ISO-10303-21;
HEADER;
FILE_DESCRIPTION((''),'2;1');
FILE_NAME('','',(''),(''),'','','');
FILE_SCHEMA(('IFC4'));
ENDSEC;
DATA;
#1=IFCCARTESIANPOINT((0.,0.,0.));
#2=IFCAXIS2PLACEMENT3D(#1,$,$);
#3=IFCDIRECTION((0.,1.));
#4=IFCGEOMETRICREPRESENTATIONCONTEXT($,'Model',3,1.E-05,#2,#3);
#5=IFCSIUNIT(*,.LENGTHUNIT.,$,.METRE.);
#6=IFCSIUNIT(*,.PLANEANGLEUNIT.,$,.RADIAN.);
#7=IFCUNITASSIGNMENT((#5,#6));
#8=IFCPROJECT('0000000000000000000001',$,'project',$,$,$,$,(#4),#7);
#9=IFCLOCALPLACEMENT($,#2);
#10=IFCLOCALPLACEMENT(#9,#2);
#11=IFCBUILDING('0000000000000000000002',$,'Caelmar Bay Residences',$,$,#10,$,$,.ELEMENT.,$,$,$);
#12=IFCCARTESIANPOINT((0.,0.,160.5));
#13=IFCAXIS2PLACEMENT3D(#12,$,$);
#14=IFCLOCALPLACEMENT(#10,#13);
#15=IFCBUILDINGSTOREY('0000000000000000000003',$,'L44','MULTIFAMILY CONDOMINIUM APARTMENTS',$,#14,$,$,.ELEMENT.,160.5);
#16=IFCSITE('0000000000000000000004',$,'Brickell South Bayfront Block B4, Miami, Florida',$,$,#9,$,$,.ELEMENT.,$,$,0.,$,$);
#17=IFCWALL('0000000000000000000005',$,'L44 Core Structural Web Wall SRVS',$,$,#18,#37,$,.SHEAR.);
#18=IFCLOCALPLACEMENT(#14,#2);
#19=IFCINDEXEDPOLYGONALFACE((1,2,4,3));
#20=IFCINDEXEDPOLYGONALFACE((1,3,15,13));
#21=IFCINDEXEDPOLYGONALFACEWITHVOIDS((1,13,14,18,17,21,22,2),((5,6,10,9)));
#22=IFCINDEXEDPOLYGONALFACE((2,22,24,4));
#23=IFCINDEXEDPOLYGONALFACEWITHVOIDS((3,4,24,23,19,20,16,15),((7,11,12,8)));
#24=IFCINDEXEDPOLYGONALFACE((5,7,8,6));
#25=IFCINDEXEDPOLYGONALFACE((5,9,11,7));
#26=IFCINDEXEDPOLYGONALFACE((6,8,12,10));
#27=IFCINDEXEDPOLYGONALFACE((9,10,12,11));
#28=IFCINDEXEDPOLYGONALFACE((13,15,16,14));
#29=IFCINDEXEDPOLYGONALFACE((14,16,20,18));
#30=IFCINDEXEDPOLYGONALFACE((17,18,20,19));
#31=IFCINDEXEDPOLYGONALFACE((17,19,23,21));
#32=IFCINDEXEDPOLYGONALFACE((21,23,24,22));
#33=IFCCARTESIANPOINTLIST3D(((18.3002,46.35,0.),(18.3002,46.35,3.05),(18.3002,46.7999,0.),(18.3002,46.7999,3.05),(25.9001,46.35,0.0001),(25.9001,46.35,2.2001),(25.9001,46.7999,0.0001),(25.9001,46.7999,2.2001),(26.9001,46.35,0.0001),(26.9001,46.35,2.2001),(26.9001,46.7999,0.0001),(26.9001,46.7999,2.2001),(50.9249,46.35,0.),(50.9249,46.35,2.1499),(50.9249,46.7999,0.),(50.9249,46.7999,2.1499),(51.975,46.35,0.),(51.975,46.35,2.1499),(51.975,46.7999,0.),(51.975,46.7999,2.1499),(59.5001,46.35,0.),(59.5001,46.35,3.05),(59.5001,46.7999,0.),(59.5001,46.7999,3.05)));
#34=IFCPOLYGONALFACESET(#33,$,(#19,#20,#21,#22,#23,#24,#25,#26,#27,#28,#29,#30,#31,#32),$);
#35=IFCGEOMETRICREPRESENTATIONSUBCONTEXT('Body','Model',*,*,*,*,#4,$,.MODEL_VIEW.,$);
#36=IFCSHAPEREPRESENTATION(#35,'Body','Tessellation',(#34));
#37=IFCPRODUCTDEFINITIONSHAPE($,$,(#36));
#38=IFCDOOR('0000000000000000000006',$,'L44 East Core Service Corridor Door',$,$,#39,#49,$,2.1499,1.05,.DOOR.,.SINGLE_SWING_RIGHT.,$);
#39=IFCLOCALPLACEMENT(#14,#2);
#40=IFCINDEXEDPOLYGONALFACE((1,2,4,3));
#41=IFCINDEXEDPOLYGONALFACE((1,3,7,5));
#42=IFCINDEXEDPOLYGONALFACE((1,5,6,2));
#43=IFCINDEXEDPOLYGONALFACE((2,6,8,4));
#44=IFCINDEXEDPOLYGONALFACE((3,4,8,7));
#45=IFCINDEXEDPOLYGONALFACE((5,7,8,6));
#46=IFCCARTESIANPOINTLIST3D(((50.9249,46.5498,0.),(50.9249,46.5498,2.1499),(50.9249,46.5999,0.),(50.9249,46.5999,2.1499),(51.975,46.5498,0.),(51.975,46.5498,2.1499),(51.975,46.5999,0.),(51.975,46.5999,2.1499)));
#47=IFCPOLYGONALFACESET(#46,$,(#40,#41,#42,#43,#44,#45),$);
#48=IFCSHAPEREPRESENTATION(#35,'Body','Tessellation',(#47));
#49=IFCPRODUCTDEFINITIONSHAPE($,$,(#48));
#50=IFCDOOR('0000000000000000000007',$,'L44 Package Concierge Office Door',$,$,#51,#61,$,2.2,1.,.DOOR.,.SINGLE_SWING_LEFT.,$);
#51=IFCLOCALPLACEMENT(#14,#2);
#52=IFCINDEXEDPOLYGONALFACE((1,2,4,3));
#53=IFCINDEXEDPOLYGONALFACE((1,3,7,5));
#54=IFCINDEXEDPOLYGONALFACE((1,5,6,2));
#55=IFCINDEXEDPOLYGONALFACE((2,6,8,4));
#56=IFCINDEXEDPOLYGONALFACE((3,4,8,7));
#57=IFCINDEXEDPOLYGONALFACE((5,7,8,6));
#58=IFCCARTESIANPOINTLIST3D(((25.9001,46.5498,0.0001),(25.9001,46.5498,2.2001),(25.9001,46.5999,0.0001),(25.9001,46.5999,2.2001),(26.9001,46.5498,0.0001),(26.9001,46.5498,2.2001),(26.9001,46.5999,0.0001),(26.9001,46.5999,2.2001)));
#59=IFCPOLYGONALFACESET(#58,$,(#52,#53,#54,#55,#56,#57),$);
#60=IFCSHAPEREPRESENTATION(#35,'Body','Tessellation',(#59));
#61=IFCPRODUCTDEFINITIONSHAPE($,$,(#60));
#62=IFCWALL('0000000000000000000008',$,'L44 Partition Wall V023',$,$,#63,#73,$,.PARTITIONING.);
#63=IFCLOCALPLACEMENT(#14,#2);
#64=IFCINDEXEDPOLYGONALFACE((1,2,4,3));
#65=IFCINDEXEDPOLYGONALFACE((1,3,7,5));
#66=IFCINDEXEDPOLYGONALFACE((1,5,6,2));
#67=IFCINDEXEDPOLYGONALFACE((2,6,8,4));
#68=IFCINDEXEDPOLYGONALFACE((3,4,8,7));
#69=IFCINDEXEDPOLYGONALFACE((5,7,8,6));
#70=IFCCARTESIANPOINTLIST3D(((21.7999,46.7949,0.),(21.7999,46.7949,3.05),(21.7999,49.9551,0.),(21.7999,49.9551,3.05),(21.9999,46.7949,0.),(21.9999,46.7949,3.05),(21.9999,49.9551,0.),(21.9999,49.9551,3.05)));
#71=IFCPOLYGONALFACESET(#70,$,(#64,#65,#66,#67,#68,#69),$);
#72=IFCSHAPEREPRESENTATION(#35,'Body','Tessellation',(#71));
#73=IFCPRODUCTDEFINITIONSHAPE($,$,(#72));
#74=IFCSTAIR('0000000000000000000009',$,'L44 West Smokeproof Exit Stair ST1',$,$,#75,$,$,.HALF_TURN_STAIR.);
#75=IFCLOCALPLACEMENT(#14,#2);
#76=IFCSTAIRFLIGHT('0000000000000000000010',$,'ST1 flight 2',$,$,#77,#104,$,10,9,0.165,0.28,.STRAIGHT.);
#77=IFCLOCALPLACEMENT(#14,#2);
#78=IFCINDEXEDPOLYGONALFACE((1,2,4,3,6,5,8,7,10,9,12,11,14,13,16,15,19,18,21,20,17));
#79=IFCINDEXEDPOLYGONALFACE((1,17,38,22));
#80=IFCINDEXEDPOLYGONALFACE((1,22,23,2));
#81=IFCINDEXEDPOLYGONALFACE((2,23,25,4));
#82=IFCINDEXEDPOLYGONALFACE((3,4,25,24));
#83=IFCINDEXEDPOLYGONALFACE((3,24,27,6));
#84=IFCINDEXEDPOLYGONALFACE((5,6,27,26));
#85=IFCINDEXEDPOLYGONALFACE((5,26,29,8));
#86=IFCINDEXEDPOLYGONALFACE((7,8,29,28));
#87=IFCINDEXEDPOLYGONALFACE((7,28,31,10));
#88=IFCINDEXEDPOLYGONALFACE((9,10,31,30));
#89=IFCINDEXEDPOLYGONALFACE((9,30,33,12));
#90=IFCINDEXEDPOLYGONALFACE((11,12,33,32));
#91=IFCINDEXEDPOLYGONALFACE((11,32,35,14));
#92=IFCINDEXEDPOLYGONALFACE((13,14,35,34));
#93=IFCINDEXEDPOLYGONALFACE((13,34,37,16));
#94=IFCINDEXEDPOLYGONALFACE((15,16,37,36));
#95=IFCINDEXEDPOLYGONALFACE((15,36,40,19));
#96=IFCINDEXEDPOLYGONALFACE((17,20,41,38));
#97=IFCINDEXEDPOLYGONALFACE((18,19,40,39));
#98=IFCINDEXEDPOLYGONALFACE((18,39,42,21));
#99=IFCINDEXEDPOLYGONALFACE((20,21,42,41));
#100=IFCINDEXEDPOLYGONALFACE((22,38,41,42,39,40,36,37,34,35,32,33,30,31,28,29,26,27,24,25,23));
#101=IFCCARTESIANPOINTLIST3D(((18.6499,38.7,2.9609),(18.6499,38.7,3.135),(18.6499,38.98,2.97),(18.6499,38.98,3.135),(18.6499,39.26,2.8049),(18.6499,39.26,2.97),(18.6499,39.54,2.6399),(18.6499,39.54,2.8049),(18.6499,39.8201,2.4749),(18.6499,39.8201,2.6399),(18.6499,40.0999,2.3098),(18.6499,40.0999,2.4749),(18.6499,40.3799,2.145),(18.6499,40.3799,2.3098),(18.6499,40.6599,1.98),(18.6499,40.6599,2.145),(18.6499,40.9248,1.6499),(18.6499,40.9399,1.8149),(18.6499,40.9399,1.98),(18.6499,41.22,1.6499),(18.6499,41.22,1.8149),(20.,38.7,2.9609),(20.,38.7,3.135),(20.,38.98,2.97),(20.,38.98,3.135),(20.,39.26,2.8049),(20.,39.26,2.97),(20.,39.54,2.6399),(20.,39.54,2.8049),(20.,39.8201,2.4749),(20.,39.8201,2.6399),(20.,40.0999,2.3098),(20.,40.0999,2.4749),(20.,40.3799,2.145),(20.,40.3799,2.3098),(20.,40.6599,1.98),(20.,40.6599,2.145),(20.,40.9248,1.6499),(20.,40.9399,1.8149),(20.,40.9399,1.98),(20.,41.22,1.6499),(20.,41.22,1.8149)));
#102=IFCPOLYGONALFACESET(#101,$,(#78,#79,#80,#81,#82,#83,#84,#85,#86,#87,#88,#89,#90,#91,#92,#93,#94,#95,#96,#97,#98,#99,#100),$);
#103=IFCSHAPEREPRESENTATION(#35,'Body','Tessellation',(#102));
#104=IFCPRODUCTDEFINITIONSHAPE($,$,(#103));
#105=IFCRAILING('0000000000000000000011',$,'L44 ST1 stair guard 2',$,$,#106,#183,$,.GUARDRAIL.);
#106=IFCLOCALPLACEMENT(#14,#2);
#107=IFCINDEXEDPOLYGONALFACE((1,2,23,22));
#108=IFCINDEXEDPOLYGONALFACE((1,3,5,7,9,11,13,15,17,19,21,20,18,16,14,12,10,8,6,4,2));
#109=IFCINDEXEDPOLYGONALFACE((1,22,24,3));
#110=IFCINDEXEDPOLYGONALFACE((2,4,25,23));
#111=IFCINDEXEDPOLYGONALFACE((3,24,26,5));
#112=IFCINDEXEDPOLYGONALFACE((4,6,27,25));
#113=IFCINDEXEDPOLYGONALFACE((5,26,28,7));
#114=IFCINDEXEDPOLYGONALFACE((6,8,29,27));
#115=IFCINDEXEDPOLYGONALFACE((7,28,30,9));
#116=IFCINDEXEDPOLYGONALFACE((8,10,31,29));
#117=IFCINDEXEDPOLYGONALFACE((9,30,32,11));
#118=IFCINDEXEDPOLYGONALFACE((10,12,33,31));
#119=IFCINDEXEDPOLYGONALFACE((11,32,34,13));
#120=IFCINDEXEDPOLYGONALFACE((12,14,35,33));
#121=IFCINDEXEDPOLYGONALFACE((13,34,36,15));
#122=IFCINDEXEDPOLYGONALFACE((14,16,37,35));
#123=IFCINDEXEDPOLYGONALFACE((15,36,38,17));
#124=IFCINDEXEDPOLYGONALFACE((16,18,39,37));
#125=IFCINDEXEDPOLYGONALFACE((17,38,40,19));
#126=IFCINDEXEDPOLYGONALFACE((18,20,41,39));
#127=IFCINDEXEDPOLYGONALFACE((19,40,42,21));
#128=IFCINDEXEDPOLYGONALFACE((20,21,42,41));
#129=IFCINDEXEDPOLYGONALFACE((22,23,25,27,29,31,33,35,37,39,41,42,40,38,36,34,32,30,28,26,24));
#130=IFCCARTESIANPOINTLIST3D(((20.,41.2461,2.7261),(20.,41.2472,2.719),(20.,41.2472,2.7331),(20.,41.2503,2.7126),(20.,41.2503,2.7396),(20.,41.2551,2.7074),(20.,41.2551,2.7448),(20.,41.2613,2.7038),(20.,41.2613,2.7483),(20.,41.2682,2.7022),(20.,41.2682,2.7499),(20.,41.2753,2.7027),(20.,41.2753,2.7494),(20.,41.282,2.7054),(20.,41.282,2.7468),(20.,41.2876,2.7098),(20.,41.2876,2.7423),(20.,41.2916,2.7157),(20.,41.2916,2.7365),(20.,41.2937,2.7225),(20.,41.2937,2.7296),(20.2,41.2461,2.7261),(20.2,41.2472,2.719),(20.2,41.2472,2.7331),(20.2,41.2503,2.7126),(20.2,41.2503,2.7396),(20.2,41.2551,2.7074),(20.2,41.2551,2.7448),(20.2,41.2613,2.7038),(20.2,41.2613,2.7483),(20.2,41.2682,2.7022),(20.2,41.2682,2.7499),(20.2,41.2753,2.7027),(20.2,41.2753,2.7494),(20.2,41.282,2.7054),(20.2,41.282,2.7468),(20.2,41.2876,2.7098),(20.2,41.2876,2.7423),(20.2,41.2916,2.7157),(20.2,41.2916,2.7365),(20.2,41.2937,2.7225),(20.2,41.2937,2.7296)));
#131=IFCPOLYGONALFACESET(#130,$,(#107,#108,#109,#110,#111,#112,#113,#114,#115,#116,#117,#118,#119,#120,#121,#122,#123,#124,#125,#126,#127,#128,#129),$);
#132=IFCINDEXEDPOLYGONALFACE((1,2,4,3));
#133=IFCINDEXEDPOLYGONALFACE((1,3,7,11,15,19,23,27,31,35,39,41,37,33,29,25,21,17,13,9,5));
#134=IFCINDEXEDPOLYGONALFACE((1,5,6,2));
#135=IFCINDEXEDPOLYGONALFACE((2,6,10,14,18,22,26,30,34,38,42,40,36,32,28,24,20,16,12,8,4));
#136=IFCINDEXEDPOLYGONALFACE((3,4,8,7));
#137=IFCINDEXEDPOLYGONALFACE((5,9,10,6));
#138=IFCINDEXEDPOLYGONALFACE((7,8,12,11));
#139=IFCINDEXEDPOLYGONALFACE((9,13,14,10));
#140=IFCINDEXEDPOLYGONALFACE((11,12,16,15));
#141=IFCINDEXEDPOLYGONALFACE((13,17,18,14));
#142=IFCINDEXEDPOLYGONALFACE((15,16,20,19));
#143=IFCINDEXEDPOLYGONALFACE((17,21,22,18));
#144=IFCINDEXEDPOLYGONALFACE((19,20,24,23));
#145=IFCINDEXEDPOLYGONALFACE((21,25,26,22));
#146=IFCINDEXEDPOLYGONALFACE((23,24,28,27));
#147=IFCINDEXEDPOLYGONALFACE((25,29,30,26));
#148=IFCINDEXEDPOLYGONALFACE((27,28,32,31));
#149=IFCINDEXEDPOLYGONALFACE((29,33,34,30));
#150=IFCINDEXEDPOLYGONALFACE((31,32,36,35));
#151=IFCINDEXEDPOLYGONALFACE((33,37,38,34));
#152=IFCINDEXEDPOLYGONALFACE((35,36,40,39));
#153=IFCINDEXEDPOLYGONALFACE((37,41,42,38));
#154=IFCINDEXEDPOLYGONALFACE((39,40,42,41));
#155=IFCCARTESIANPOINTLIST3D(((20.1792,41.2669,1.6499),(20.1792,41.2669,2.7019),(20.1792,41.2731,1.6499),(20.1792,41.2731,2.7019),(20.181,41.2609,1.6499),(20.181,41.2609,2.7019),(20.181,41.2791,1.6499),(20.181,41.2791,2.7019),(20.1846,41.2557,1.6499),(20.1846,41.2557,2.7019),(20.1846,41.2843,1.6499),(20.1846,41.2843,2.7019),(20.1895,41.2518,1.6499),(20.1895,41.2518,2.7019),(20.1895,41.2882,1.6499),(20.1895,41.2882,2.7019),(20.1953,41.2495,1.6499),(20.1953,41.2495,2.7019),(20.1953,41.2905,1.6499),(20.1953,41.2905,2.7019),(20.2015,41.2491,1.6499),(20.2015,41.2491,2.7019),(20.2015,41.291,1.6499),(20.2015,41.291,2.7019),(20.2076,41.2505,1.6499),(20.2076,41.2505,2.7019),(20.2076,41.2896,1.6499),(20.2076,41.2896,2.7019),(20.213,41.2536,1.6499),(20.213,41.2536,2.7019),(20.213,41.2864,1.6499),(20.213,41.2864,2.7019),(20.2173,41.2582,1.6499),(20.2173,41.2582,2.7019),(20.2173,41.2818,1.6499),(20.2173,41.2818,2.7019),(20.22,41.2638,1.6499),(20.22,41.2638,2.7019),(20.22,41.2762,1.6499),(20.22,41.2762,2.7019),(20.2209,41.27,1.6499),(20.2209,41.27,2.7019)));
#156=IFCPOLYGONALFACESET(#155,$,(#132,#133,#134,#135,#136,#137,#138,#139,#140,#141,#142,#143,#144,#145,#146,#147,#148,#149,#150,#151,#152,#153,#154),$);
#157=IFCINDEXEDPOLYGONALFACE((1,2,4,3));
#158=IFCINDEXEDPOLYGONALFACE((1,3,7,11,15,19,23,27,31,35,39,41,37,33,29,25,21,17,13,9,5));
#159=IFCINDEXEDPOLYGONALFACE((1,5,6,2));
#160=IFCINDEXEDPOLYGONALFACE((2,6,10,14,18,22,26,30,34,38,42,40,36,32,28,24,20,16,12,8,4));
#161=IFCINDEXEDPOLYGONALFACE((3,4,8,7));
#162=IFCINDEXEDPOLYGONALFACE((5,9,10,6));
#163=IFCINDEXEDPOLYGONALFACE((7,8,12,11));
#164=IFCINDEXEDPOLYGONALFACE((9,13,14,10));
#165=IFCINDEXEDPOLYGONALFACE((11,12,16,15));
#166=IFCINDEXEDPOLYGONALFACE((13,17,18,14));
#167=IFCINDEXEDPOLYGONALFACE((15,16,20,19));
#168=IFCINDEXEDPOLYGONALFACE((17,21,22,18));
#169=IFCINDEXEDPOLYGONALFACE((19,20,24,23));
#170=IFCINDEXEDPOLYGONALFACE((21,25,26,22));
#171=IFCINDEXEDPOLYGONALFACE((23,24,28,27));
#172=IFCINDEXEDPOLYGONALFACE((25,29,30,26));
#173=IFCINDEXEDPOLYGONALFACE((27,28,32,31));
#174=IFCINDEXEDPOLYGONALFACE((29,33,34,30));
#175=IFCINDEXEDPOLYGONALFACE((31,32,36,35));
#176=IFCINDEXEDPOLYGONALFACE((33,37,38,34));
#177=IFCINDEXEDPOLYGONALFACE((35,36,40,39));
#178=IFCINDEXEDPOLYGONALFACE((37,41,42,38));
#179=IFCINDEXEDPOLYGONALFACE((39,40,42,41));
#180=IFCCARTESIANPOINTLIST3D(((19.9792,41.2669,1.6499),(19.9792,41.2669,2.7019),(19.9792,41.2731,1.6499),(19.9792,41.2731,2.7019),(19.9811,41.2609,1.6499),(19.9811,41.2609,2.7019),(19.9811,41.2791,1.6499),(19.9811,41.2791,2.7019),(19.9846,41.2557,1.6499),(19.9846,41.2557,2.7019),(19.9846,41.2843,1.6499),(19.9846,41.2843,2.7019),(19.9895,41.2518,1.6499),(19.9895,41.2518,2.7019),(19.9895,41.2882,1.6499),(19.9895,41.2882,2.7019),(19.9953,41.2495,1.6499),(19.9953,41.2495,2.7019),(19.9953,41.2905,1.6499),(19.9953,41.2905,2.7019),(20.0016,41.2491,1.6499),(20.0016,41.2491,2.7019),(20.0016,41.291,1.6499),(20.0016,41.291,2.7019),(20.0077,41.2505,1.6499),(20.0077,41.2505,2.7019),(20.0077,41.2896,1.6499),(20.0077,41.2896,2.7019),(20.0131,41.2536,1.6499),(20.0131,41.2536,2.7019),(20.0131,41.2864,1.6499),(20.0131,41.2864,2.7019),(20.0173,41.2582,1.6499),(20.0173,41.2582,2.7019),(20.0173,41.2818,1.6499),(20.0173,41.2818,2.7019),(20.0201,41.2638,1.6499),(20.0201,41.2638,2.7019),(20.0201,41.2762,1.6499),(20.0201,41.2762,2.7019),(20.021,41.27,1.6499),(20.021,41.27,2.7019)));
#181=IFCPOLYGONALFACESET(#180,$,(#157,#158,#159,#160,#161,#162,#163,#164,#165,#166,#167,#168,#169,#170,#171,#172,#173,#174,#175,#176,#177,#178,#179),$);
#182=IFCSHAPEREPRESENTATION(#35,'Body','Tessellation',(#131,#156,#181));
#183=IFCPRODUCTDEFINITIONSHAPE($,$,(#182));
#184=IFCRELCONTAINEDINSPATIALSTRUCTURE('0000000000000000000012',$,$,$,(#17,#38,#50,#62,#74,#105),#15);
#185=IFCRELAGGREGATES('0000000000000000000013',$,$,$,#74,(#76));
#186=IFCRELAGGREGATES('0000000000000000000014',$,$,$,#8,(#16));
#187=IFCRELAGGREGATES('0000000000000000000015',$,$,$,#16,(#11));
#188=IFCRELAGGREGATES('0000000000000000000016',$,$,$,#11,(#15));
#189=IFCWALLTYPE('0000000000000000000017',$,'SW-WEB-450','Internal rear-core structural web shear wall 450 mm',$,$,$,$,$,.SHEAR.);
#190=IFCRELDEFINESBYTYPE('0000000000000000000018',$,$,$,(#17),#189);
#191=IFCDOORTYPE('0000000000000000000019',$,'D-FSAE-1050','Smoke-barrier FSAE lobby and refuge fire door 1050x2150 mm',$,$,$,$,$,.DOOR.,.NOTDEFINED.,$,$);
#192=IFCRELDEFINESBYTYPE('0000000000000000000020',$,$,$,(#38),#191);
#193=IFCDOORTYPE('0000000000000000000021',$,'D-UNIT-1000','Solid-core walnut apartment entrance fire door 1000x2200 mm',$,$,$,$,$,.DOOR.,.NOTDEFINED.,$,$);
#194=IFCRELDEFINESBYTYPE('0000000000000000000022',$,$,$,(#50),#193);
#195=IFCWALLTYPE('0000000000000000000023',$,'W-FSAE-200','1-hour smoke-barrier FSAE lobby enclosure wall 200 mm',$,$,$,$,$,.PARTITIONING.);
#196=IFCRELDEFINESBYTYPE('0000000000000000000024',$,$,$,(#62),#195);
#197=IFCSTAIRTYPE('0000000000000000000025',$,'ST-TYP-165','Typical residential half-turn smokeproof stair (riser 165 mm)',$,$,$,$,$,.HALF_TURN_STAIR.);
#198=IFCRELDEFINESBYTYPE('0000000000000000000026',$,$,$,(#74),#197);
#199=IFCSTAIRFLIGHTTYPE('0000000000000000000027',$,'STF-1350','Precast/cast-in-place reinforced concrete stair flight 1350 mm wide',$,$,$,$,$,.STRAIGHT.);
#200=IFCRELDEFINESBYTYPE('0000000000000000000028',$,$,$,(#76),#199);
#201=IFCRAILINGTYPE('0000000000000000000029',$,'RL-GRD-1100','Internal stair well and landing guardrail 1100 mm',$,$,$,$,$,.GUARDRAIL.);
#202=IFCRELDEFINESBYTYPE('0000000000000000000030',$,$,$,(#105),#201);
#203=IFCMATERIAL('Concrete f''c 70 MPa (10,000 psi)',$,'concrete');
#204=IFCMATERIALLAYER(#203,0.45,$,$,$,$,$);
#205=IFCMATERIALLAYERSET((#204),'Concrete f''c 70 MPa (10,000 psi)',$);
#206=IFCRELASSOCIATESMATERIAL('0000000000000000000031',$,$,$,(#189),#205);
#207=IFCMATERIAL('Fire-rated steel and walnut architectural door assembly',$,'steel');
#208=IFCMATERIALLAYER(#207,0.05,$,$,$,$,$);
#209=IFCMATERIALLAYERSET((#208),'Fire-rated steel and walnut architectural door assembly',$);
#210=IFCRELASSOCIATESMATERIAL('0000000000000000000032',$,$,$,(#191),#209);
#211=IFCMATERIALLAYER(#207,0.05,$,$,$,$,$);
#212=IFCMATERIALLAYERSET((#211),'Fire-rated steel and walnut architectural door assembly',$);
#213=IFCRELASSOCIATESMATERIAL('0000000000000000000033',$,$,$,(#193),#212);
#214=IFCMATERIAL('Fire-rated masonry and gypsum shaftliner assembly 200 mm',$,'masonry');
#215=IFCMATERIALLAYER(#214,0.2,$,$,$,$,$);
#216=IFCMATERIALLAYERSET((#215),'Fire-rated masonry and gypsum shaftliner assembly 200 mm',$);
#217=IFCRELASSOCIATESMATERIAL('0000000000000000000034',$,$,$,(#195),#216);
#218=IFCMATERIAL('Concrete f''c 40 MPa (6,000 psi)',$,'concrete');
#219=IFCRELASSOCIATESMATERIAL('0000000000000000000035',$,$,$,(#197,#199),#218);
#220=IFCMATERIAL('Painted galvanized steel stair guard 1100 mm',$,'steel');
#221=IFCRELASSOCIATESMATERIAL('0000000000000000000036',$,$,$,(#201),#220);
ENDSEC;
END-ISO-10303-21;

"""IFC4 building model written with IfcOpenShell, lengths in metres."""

from ifc_helpers import new_model, si_unit, direction, frame, frame_2d, origin, origin_2d, place, context, subcontext, project, spatial, polyline, rectangle, circle, outline, extrude, material, layer, layer_set, type_object, element, fill, aggregate, save


model = new_model("IFC4")

# Units and contexts
model_context = context("Model", 3, precision=1e-05, world=origin(), true_north=direction((0.0, 1.0)))
body_context = subcontext(model_context, "Body", "Model", "MODEL_VIEW")
ifc_project = project(units=[si_unit("LENGTHUNIT", "METRE"), si_unit("PLANEANGLEUNIT", "RADIAN")], contexts=[model_context])

# Site, building, storey
site_placement = place(None, origin())
site = spatial("IfcSite", under=ifc_project, at=site_placement, Name="Brickell South Bayfront Block B4, Miami, Florida", CompositionType="ELEMENT", RefElevation=0.0)
building_placement = place(site_placement, origin())
building = spatial("IfcBuilding", under=site, at=building_placement, Name="Caelmar Bay Residences", CompositionType="ELEMENT")
storey_placement = place(building_placement, frame((0.0, 0.0, 160.5)))
storey = spatial("IfcBuildingStorey", under=building, at=storey_placement, Name="L44", Description="MULTIFAMILY CONDOMINIUM APARTMENTS", CompositionType="ELEMENT", Elevation=160.5)

# Wall, openings, doors
ifc_material_1 = material(Name="Concrete f'c 70 MPa (10,000 psi)", Category="concrete")
ifc_layer_1 = layer(ifc_material_1, 0.45)
ifc_layer_set_1 = layer_set([ifc_layer_1], Name="Concrete f'c 70 MPa (10,000 psi)")
wall_type_1 = type_object("IfcWallType", Name="SW-WEB-450", Description="Internal rear-core structural web shear wall 450 mm", PredefinedType="SHEAR", material=ifc_layer_set_1)
ifc_material_2 = material(Name="Fire-rated steel and walnut architectural door assembly", Category="steel")
ifc_layer_2 = layer(ifc_material_2, 0.05)
ifc_layer_set_2 = layer_set([ifc_layer_2], Name="Fire-rated steel and walnut architectural door assembly")
door_type_1 = type_object("IfcDoorType", Name="D-FSAE-1050", Description="Smoke-barrier FSAE lobby and refuge fire door 1050x2150 mm", OperationType="NOTDEFINED", PredefinedType="DOOR", material=ifc_layer_set_2)
ifc_layer_3 = layer(ifc_material_2, 0.05)
ifc_layer_set_3 = layer_set([ifc_layer_3], Name="Fire-rated steel and walnut architectural door assembly")
door_type_2 = type_object("IfcDoorType", Name="D-UNIT-1000", Description="Solid-core walnut apartment entrance fire door 1000x2200 mm", OperationType="NOTDEFINED", PredefinedType="DOOR", material=ifc_layer_set_3)
wall_1_placement = place(storey_placement, frame((18.3, 46.575, 0.0), z_axis=(0.0, 0.0, 1.0), x_axis=(1.0, 0.0, 0.0)))
wall_1 = element("IfcWall", 1, at=wall_1_placement, inside=storey, type_object=wall_type_1, Name="L44 Core Structural Web Wall SRVS", PredefinedType="SHEAR", context=body_context, shape_type="SweptSolid", body=[
    extrude(rectangle(XDim=41.2, YDim=0.45, at=frame_2d((20.6001, 0.0))), origin(), (0.0, 0.0, 1.0), 3.05),
])
opening_1_placement = place(wall_1_placement, frame((7.6001, 0.0, 0.0)))
opening_1 = element("IfcOpeningElement", 2, at=opening_1_placement, cuts=wall_1, PredefinedType="OPENING", context=body_context, shape_type="SweptSolid", body=[
    extrude(rectangle(XDim=1.0, YDim=2.2, at=frame_2d((0.5, 1.1001))), frame((0.0, 0.2349, 0.0), z_axis=(0.0, -1.0, 0.0), x_axis=(1.0, 0.0, 0.0)), (0.0, 0.0, 1.0), 0.47),
])
opening_2_placement = place(wall_1_placement, frame((32.625, 0.0, 0.0)))
opening_2 = element("IfcOpeningElement", 3, at=opening_2_placement, cuts=wall_1, PredefinedType="OPENING", context=body_context, shape_type="SweptSolid", body=[
    extrude(rectangle(XDim=1.05, YDim=2.1499, at=frame_2d((0.5249, 1.075))), frame((0.0, 0.2349, 0.0), z_axis=(0.0, -1.0, 0.0), x_axis=(1.0, 0.0, 0.0)), (0.0, 0.0, 1.0), 0.47),
])
door_1_placement = place(opening_2_placement, origin())
door_1 = element("IfcDoor", 4, at=door_1_placement, inside=storey, type_object=door_type_1, Name="L44 East Core Service Corridor Door", OperationType="SINGLE_SWING_RIGHT", OverallHeight=2.1499, OverallWidth=1.05, PredefinedType="DOOR", context=body_context, shape_type="SweptSolid", body=[
    extrude(rectangle(XDim=1.05, YDim=2.1499, at=frame_2d((0.5249, 1.075))), frame((0.0, 0.0249, 0.0), z_axis=(0.0, -1.0, 0.0), x_axis=(1.0, 0.0, 0.0)), (0.0, 0.0, 1.0), 0.05),
])
fill(opening_2, door_1)
door_2_placement = place(opening_1_placement, origin())
door_2 = element("IfcDoor", 5, at=door_2_placement, inside=storey, type_object=door_type_2, Name="L44 Package Concierge Office Door", OperationType="SINGLE_SWING_LEFT", OverallHeight=2.2, OverallWidth=1.0, PredefinedType="DOOR", context=body_context, shape_type="SweptSolid", body=[
    extrude(rectangle(XDim=1.0, YDim=2.2, at=frame_2d((0.5, 1.1001))), frame((0.0, 0.0249, 0.0), z_axis=(0.0, -1.0, 0.0), x_axis=(1.0, 0.0, 0.0)), (0.0, 0.0, 1.0), 0.05),
])
fill(opening_1, door_2)

# Wall
ifc_material_3 = material(Name="Fire-rated masonry and gypsum shaftliner assembly 200 mm", Category="masonry")
ifc_layer_4 = layer(ifc_material_3, 0.2)
ifc_layer_set_4 = layer_set([ifc_layer_4], Name="Fire-rated masonry and gypsum shaftliner assembly 200 mm")
wall_type_2 = type_object("IfcWallType", Name="W-FSAE-200", Description="1-hour smoke-barrier FSAE lobby enclosure wall 200 mm", PredefinedType="PARTITIONING", material=ifc_layer_set_4)
wall_2_placement = place(storey_placement, frame((21.8999, 46.7949, 0.0), z_axis=(0.0, 0.0, 1.0), x_axis=(0.0, 1.0, 0.0)))
element("IfcWall", 6, at=wall_2_placement, inside=storey, type_object=wall_type_2, Name="L44 Partition Wall V023", PredefinedType="PARTITIONING", context=body_context, shape_type="SweptSolid", body=[
    extrude(rectangle(XDim=3.1602, YDim=0.2, at=frame_2d((1.5801, 0.0))), origin(), (0.0, 0.0, 1.0), 3.05),
])

# Stair, stair flight
ifc_material_4 = material(Name="Concrete f'c 40 MPa (6,000 psi)", Category="concrete")
stair_type = type_object("IfcStairType", Name="ST-TYP-165", Description="Typical residential half-turn smokeproof stair (riser 165 mm)", PredefinedType="HALF_TURN_STAIR", material=ifc_material_4)
stair_placement = place(storey_placement, origin())
stair = element("IfcStair", 7, at=stair_placement, inside=storey, type_object=stair_type, Name="L44 West Smokeproof Exit Stair ST1", PredefinedType="HALF_TURN_STAIR")
stair_flight_type = type_object("IfcStairFlightType", Name="STF-1350", Description="Precast/cast-in-place reinforced concrete stair flight 1350 mm wide", PredefinedType="STRAIGHT", material=ifc_material_4)
stair_flight_placement = place(storey_placement, frame((19.325, 41.22, 1.6499), z_axis=(0.0, 0.0, 1.0), x_axis=(0.0, -1.0, 0.0)))
stair_flight = element("IfcStairFlight", 8, at=stair_flight_placement, type_object=stair_flight_type, Name="ST1 flight 2", NumberOfRisers=10, NumberOfTreads=9, PredefinedType="STRAIGHT", RiserHeight=0.165, TreadLength=0.28, context=body_context, shape_type="SweptSolid", body=[
    extrude(outline(polyline([(0.0, 0.0), (0.0, 0.165), (0.28, 0.165), (0.28, 0.3301), (0.5601, 0.3301), (0.5601, 0.4951), (0.8401, 0.4951), (0.8401, 0.6599), (1.1201, 0.6599), (1.1201, 0.825), (1.3999, 0.825), (1.3999, 0.99), (1.6799, 0.99), (1.6799, 1.155), (1.96, 1.155), (1.96, 1.3201), (2.24, 1.3201), (2.24, 1.4851), (2.52, 1.4851), (2.52, 1.6499), (2.52, 1.311), (0.2952, 0.0), (0.0, 0.0)])), frame((0.0, 0.675, 0.0), z_axis=(0.0, -1.0, 0.0), x_axis=(1.0, 0.0, 0.0)), (0.0, 0.0, 1.0), 1.3501),
])
aggregate(stair, [stair_flight])

# Railing
ifc_material_5 = material(Name="Painted galvanized steel stair guard 1100 mm", Category="steel")
railing_type_1 = type_object("IfcRailingType", Name="RL-GRD-1100", Description="Internal stair well and landing guardrail 1100 mm", PredefinedType="GUARDRAIL", material=ifc_material_5)
railing_1_placement = place(storey_placement, frame((20.2, 41.27, 1.6499)))
element("IfcRailing", 9, at=railing_1_placement, inside=storey, type_object=railing_type_1, Name="L44 ST1 stair guard 2", PredefinedType="GUARDRAIL", context=body_context, shape_type="SweptSolid", body=[
    extrude(circle(Radius=0.0239, at=origin_2d()), frame((0.0, 0.0, 1.0762), z_axis=(-1.0, 0.0, 0.0), x_axis=(0.0, -1.0, 0.0)), (0.0, 0.0, 1.0), 0.2),
    extrude(circle(Radius=0.021, at=origin_2d()), origin(), (0.0, 0.0, 1.0), 1.052),
    extrude(circle(Radius=0.021, at=origin_2d()), frame((-0.2, 0.0, 0.0)), (0.0, 0.0, 1.0), 1.052),
])

save(model, "model.ifc")
